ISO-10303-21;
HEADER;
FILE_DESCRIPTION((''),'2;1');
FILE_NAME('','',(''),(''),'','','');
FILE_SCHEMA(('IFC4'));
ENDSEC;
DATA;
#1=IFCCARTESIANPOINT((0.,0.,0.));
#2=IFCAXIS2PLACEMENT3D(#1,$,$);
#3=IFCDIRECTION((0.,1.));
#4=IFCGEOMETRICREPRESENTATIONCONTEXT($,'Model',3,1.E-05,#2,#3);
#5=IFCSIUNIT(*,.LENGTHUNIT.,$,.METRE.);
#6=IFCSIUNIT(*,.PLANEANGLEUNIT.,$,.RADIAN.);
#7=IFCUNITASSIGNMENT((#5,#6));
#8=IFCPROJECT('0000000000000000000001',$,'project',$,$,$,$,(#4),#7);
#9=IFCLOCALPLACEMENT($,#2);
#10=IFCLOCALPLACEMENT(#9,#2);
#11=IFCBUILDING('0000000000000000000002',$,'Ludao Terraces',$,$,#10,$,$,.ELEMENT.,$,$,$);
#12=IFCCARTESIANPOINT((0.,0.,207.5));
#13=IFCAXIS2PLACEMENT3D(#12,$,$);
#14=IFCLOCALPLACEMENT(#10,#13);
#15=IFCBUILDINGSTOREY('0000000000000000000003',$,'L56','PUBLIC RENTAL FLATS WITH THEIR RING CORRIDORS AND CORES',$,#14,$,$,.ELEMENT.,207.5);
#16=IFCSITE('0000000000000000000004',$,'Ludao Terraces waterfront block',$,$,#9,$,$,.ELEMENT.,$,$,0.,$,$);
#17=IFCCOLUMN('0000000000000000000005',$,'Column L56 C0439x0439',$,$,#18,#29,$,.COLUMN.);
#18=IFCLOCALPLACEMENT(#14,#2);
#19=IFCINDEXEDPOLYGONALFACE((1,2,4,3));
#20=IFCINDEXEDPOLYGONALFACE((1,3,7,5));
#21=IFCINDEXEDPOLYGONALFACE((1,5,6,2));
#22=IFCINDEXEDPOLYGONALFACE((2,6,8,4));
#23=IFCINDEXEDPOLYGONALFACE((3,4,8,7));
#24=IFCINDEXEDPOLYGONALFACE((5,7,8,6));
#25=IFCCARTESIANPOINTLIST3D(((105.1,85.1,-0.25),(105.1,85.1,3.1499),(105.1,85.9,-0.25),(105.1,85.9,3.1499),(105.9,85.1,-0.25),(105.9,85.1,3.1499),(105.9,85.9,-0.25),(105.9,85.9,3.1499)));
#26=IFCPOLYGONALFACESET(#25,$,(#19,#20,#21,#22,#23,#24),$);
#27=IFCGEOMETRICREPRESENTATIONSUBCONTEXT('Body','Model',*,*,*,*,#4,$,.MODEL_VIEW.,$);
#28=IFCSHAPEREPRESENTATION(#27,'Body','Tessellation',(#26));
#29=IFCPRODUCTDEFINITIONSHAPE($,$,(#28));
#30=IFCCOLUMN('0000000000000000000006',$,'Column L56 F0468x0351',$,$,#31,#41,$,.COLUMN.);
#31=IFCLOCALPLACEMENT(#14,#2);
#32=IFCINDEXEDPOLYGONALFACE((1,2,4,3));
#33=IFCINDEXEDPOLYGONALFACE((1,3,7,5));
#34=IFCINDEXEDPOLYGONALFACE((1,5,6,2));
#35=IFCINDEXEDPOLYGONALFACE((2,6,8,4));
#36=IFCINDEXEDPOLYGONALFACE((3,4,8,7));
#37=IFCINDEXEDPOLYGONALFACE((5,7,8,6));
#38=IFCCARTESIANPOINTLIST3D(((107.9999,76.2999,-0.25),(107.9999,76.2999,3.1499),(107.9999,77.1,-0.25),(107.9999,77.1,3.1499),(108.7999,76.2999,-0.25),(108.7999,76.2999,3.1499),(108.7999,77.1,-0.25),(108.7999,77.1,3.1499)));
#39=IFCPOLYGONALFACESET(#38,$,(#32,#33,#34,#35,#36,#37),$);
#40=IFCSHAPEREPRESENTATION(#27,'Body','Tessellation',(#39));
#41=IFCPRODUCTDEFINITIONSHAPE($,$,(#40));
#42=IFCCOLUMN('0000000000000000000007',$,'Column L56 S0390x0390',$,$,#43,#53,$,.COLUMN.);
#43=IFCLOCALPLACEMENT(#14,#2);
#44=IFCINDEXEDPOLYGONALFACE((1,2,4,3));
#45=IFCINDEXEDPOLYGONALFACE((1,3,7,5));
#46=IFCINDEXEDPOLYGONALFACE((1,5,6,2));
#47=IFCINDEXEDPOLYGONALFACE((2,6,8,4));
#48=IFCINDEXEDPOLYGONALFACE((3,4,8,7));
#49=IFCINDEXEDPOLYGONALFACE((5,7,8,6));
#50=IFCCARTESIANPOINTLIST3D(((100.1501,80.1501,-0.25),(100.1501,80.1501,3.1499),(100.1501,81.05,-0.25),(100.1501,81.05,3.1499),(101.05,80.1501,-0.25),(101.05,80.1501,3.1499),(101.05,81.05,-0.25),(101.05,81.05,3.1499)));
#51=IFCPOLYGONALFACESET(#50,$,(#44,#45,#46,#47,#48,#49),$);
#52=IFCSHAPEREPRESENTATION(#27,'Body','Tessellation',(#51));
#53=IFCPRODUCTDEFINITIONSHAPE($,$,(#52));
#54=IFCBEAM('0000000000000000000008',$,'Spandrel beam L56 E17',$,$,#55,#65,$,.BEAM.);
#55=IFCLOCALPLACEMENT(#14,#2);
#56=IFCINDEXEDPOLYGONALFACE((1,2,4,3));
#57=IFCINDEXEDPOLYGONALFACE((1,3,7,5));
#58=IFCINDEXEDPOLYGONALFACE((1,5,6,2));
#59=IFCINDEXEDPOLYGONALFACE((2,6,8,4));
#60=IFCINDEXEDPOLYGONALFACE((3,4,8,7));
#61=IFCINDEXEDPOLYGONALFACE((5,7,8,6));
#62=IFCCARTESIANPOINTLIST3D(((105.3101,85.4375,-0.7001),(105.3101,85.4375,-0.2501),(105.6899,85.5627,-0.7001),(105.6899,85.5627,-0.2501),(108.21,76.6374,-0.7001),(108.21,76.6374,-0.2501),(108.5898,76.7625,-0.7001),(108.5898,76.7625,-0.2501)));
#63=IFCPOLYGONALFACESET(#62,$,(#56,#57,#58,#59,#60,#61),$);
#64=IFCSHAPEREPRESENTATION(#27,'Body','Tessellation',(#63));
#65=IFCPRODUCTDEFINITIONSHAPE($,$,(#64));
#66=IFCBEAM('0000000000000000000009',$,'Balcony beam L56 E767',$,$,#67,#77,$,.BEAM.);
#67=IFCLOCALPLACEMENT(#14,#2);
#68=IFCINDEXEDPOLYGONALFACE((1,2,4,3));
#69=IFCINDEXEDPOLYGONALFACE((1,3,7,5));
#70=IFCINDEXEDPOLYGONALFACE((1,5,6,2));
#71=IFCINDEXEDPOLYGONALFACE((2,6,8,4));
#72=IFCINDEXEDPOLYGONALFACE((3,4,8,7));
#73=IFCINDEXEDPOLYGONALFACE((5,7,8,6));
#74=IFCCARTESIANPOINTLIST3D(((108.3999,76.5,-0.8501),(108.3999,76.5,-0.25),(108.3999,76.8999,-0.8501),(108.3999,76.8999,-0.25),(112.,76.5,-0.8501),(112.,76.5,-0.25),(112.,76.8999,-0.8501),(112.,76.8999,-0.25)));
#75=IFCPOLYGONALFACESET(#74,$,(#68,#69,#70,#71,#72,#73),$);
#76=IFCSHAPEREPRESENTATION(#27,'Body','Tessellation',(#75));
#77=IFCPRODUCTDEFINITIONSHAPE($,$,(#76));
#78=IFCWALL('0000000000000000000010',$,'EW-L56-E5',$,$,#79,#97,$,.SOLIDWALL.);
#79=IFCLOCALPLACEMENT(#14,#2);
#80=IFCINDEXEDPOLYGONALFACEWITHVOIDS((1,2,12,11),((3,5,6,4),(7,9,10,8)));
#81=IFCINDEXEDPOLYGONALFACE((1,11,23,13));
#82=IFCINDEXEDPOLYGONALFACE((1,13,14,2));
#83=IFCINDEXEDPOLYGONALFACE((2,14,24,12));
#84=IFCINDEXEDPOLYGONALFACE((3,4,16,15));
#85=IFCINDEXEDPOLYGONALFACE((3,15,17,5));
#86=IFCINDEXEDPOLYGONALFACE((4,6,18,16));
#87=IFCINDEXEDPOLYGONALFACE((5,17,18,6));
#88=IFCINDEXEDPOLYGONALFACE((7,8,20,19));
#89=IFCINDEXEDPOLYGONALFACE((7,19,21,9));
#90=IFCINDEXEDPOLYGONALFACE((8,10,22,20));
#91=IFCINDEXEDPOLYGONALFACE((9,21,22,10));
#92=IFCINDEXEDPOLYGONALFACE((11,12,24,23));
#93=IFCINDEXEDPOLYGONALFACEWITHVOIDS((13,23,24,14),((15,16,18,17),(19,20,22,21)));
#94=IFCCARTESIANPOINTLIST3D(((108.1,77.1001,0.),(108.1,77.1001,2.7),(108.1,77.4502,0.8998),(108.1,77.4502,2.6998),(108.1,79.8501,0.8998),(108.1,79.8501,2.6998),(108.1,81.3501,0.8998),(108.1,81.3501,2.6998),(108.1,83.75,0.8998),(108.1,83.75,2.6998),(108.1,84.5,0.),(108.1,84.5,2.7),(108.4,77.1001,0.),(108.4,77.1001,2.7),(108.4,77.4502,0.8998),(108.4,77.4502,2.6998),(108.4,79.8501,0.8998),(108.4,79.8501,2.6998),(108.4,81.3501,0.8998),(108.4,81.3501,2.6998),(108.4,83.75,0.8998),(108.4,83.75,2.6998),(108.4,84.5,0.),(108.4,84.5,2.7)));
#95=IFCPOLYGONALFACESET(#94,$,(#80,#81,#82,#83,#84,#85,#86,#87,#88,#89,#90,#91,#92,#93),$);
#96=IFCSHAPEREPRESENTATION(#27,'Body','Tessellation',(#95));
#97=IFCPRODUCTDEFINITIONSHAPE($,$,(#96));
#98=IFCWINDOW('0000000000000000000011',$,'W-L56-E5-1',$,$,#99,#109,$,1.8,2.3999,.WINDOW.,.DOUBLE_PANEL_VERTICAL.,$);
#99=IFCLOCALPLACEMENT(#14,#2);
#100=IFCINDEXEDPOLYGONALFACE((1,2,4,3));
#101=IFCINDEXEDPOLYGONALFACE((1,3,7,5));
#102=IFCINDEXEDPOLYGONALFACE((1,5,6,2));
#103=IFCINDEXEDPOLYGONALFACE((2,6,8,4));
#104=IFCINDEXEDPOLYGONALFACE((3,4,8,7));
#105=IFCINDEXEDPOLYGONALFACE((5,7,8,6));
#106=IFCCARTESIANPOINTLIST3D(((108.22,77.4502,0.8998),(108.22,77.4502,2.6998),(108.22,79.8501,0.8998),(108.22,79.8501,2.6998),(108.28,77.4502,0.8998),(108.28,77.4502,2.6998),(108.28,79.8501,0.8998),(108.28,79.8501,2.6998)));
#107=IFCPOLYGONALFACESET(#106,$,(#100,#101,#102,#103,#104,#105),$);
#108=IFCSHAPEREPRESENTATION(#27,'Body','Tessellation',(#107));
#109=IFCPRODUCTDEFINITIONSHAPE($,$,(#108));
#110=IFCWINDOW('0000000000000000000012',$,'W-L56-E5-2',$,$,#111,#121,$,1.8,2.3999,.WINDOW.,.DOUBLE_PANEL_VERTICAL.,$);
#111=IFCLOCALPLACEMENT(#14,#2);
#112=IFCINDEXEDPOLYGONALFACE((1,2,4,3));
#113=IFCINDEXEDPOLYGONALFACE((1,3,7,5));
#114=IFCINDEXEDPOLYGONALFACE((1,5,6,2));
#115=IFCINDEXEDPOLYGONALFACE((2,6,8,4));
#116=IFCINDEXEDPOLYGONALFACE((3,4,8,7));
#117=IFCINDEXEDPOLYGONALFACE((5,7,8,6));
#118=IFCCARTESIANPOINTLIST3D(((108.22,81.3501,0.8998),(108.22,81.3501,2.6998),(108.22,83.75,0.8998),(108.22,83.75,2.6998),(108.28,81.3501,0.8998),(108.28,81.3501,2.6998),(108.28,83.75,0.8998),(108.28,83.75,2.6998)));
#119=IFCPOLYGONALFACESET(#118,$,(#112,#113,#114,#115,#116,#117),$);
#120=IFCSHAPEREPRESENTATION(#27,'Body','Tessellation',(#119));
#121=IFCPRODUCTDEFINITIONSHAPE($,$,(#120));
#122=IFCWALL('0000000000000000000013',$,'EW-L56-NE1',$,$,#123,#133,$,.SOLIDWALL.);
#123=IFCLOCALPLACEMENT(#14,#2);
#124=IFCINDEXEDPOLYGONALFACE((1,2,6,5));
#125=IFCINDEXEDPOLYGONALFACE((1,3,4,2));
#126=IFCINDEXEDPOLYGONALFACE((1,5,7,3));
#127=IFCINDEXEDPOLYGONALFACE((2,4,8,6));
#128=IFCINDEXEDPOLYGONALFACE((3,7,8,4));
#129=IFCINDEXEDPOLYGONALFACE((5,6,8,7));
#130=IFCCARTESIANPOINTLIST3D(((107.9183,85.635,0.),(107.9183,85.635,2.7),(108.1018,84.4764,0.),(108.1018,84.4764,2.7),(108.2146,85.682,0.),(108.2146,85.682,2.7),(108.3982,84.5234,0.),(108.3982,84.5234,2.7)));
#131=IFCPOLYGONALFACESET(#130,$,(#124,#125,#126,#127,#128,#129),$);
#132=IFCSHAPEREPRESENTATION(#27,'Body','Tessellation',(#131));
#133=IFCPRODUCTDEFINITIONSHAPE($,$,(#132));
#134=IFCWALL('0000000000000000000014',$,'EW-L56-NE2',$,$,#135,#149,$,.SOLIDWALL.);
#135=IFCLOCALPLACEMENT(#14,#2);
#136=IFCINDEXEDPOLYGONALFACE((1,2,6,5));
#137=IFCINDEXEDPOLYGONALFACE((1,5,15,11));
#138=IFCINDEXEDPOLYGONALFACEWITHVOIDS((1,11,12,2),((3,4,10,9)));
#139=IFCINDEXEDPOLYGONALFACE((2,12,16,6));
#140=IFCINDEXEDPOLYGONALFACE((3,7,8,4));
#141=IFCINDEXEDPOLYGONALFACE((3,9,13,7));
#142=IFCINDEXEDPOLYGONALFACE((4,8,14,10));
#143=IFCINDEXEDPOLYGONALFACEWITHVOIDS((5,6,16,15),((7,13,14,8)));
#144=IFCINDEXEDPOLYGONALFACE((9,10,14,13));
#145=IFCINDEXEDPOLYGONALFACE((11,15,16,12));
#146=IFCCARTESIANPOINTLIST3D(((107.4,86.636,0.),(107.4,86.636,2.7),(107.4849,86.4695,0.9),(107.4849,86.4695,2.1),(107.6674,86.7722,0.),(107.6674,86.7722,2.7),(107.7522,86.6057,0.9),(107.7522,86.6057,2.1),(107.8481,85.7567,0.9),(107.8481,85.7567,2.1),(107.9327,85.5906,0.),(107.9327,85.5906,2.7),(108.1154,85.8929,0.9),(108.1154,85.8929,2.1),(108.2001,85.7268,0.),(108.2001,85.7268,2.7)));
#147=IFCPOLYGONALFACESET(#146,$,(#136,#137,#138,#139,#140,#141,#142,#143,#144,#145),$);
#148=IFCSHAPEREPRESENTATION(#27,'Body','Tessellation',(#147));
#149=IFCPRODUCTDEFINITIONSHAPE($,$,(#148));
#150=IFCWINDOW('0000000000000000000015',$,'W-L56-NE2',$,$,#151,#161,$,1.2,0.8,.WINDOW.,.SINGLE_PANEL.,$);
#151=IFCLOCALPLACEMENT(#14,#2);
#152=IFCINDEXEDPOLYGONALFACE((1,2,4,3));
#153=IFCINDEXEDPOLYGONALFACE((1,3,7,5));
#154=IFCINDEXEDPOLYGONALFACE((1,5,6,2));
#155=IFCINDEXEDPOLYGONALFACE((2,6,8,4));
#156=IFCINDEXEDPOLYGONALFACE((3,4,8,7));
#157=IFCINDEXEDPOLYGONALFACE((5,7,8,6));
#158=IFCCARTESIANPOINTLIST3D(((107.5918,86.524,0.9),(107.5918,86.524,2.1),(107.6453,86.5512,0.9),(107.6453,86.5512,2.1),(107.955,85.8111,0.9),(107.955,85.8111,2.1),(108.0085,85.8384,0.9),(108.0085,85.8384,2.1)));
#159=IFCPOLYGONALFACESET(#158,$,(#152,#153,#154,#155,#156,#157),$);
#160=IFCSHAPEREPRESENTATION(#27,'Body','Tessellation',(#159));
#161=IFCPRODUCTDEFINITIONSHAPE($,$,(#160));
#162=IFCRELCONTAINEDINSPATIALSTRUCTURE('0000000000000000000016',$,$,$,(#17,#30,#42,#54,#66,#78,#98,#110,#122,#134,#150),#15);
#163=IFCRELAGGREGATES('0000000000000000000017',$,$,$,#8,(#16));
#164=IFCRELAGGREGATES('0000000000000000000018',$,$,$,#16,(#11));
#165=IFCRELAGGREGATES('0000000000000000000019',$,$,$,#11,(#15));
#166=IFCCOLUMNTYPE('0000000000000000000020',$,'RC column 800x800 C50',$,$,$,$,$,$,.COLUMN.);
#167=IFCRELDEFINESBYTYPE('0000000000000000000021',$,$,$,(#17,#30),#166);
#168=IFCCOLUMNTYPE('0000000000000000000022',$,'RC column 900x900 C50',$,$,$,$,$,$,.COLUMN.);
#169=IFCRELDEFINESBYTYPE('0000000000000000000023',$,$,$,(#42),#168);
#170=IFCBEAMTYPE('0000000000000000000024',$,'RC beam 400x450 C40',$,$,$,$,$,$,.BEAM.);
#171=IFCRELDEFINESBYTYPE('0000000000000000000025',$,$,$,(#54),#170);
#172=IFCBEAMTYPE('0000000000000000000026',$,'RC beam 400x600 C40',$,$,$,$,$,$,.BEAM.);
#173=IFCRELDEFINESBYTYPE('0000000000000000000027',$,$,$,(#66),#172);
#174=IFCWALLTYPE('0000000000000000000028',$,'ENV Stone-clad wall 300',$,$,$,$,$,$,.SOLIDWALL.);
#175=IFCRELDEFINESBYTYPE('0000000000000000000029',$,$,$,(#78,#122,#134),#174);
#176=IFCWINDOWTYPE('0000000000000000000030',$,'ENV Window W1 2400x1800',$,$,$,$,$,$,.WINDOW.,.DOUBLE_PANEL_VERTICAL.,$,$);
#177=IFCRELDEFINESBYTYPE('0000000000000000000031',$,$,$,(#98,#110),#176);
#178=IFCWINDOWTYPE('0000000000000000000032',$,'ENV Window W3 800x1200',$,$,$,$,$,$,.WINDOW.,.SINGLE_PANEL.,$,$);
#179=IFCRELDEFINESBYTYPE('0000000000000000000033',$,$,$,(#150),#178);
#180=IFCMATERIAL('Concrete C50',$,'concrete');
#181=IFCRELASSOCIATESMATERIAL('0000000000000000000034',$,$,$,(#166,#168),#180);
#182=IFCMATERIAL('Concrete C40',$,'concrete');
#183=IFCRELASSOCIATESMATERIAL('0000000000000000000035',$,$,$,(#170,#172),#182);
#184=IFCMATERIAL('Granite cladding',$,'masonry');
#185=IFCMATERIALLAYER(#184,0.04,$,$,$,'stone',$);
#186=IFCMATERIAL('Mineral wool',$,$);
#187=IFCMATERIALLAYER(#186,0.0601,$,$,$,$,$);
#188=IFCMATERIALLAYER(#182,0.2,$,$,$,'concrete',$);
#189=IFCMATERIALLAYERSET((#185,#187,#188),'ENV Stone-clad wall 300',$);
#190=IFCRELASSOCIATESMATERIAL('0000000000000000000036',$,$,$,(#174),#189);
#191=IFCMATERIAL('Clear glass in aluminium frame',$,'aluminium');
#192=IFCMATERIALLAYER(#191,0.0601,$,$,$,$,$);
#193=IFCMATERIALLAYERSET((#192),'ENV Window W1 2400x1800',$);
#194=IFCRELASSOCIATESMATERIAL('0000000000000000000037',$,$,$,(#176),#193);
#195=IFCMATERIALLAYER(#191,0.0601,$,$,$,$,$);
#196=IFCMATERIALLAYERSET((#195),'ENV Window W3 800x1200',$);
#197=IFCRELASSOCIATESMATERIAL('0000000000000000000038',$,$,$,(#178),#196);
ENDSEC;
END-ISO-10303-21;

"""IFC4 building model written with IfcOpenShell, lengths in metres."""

from ifc_helpers import new_model, si_unit, direction, frame, frame_2d, origin, origin_2d, place, context, subcontext, project, spatial, rectangle, extrude, material, layer, layer_set, material_profile, profile_set, type_object, element, fill, save


model = new_model("IFC4")

# Units and contexts
model_context = context("Model", 3, precision=1e-05, world=origin(), true_north=direction((0.0, 1.0)))
body_context = subcontext(model_context, "Body", "Model", "MODEL_VIEW")
ifc_project = project(units=[si_unit("LENGTHUNIT", "METRE"), si_unit("PLANEANGLEUNIT", "RADIAN")], contexts=[model_context])

# Site, building, storey
site_placement = place(None, origin())
site = spatial("IfcSite", under=ifc_project, at=site_placement, Name="Ludao Terraces waterfront block", CompositionType="ELEMENT", RefElevation=0.0)
building_placement = place(site_placement, origin())
building = spatial("IfcBuilding", under=site, at=building_placement, Name="Ludao Terraces", CompositionType="ELEMENT")
storey_placement = place(building_placement, frame((0.0, 0.0, 207.5)))
storey = spatial("IfcBuildingStorey", under=building, at=storey_placement, Name="L56", Description="PUBLIC RENTAL FLATS WITH THEIR RING CORRIDORS AND CORES", CompositionType="ELEMENT", Elevation=207.5)

# Columns
ifc_material_1 = material(Name="Concrete C50", Category="concrete")
ifc_material_profile_1 = material_profile(ifc_material_1, rectangle(XDim=0.8, YDim=0.8, at=origin_2d()), Name="800 X 800")
ifc_profile_set_1 = profile_set([ifc_material_profile_1], Name="Concrete C50")
column_type_1 = type_object("IfcColumnType", Name="RC column 800x800 C50", PredefinedType="COLUMN", material=ifc_profile_set_1)
for number, where, z_axis, x_axis, name in (
    (1, (105.5, 85.5, -0.25), (0.0, 0.0, 1.0), (1.0, 0.0, 0.0), "Column L56 C0439x0439"),
    (2, (108.3999, 76.7, -0.25), (0.0, 0.0, 1.0), (1.0, 0.0, 0.0), "Column L56 F0468x0351"),
):
    element("IfcColumn", number, at=place(storey_placement, frame(where, z_axis=z_axis, x_axis=x_axis)), inside=storey, type_object=column_type_1, Name=name, PredefinedType="COLUMN", context=body_context, shape_type="SweptSolid", body=[
        extrude(rectangle(XDim=0.8, YDim=0.8, at=origin_2d()), origin(), (0.0, 0.0, 1.0), 3.3999),
    ])
ifc_material_profile_2 = material_profile(ifc_material_1, rectangle(XDim=0.8999, YDim=0.8999, at=origin_2d()), Name="900 X 900")
ifc_profile_set_2 = profile_set([ifc_material_profile_2], Name="Concrete C50")
column_type_2 = type_object("IfcColumnType", Name="RC column 900x900 C50", PredefinedType="COLUMN", material=ifc_profile_set_2)
column_placement = place(storey_placement, frame((100.6001, 80.6001, -0.25), z_axis=(0.0, 0.0, 1.0), x_axis=(1.0, 0.0, 0.0)))
element("IfcColumn", 3, at=column_placement, inside=storey, type_object=column_type_2, Name="Column L56 S0390x0390", PredefinedType="COLUMN", context=body_context, shape_type="SweptSolid", body=[
    extrude(rectangle(XDim=0.8999, YDim=0.8999, at=origin_2d()), origin(), (0.0, 0.0, 1.0), 3.3999),
])

# Beams
ifc_material_2 = material(Name="Concrete C40", Category="concrete")
ifc_material_profile_3 = material_profile(ifc_material_2, rectangle(XDim=0.3999, YDim=0.45, at=origin_2d()), Name="400 X 450")
ifc_profile_set_3 = profile_set([ifc_material_profile_3], Name="Concrete C40")
beam_type_1 = type_object("IfcBeamType", Name="RC beam 400x450 C40", PredefinedType="BEAM", material=ifc_profile_set_3)
beam_1_placement = place(storey_placement, frame((108.3999, 76.7, -0.4751), z_axis=(-0.312977, 0.949761, 0.0), x_axis=(-0.949761, -0.312977, 0.0)))
element("IfcBeam", 4, at=beam_1_placement, inside=storey, type_object=beam_type_1, Name="Spandrel beam L56 E17", PredefinedType="BEAM", context=body_context, shape_type="SweptSolid", body=[
    extrude(rectangle(XDim=0.3999, YDim=0.45, at=origin_2d()), origin(), (0.0, 0.0, 1.0), 9.2656),
])
ifc_material_profile_4 = material_profile(ifc_material_2, rectangle(XDim=0.3999, YDim=0.6001, at=origin_2d()), Name="400 X 600")
ifc_profile_set_4 = profile_set([ifc_material_profile_4], Name="Concrete C40")
beam_type_2 = type_object("IfcBeamType", Name="RC beam 400x600 C40", PredefinedType="BEAM", material=ifc_profile_set_4)
beam_2_placement = place(storey_placement, frame((108.3999, 76.7, -0.55), z_axis=(1.0, 0.0, 0.0), x_axis=(0.0, 1.0, 0.0)))
element("IfcBeam", 5, at=beam_2_placement, inside=storey, type_object=beam_type_2, Name="Balcony beam L56 E767", PredefinedType="BEAM", context=body_context, shape_type="SweptSolid", body=[
    extrude(rectangle(XDim=0.3999, YDim=0.6001, at=origin_2d()), origin(), (0.0, 0.0, 1.0), 3.6001),
])

# Wall, openings, windows
ifc_material_3 = material(Name="Granite cladding", Category="masonry")
ifc_layer_1 = layer(ifc_material_3, 0.04, Category="stone")
ifc_material_4 = material(Name="Mineral wool")
ifc_layer_2 = layer(ifc_material_4, 0.0601)
ifc_layer_3 = layer(ifc_material_2, 0.2, Category="concrete")
ifc_layer_set_1 = layer_set([ifc_layer_1, ifc_layer_2, ifc_layer_3], Name="ENV Stone-clad wall 300")
wall_type = type_object("IfcWallType", Name="ENV Stone-clad wall 300", PredefinedType="SOLIDWALL", material=ifc_layer_set_1)
wall_1_placement = place(storey_placement, frame((108.25, 77.1001, 0.0), z_axis=(0.0, 0.0, 1.0), x_axis=(0.0, 1.0, 0.0)))
wall_1 = element("IfcWall", 6, at=wall_1_placement, inside=storey, type_object=wall_type, Name="EW-L56-E5", PredefinedType="SOLIDWALL", context=body_context, shape_type="SweptSolid", body=[
    extrude(rectangle(XDim=7.3999, YDim=0.3, at=frame_2d((3.7, 0.0))), origin(), (0.0, 0.0, 1.0), 2.7),
])
opening_1_placement = place(wall_1_placement, frame((0.3501, 0.0, 0.8999)))
opening_1 = element("IfcOpeningElement", 7, at=opening_1_placement, cuts=wall_1, PredefinedType="OPENING", context=body_context, shape_type="SweptSolid", body=[
    extrude(rectangle(XDim=2.3999, YDim=1.8, at=frame_2d((1.2, 0.8999))), frame((0.0, 0.1602, 0.0), z_axis=(0.0, -1.0, 0.0), x_axis=(1.0, 0.0, 0.0)), (0.0, 0.0, 1.0), 0.3201),
])
opening_2_placement = place(wall_1_placement, frame((4.25, 0.0, 0.8999)))
opening_2 = element("IfcOpeningElement", 8, at=opening_2_placement, cuts=wall_1, PredefinedType="OPENING", context=body_context, shape_type="SweptSolid", body=[
    extrude(rectangle(XDim=2.3999, YDim=1.8, at=frame_2d((1.2, 0.8999))), frame((0.0, 0.1602, 0.0), z_axis=(0.0, -1.0, 0.0), x_axis=(1.0, 0.0, 0.0)), (0.0, 0.0, 1.0), 0.3201),
])
ifc_material_5 = material(Name="Clear glass in aluminium frame", Category="aluminium")
ifc_layer_4 = layer(ifc_material_5, 0.0601)
ifc_layer_set_2 = layer_set([ifc_layer_4], Name="ENV Window W1 2400x1800")
window_type_1 = type_object("IfcWindowType", Name="ENV Window W1 2400x1800", PartitioningType="DOUBLE_PANEL_VERTICAL", PredefinedType="WINDOW", material=ifc_layer_set_2)
window_1_placement = place(opening_1_placement, origin())
window_1 = element("IfcWindow", 9, at=window_1_placement, inside=storey, type_object=window_type_1, Name="W-L56-E5-1", OverallHeight=1.8, OverallWidth=2.3999, PartitioningType="DOUBLE_PANEL_VERTICAL", PredefinedType="WINDOW", context=body_context, shape_type="SweptSolid", body=[
    extrude(rectangle(XDim=2.3999, YDim=1.8, at=frame_2d((1.2, 0.8999))), frame((0.0, 0.03, 0.0), z_axis=(0.0, -1.0, 0.0), x_axis=(1.0, 0.0, 0.0)), (0.0, 0.0, 1.0), 0.0601),
])
fill(opening_1, window_1)
window_2_placement = place(opening_2_placement, origin())
window_2 = element("IfcWindow", 10, at=window_2_placement, inside=storey, type_object=window_type_1, Name="W-L56-E5-2", OverallHeight=1.8, OverallWidth=2.3999, PartitioningType="DOUBLE_PANEL_VERTICAL", PredefinedType="WINDOW", context=body_context, shape_type="SweptSolid", body=[
    extrude(rectangle(XDim=2.3999, YDim=1.8, at=frame_2d((1.2, 0.8999))), frame((0.0, 0.03, 0.0), z_axis=(0.0, -1.0, 0.0), x_axis=(1.0, 0.0, 0.0)), (0.0, 0.0, 1.0), 0.0601),
])
fill(opening_2, window_2)

# Wall
wall_2_placement = place(storey_placement, frame((108.25, 84.5, 0.0), z_axis=(0.0, 0.0, 1.0), x_axis=(-0.156497, 0.987678, 0.0)))
element("IfcWall", 11, at=wall_2_placement, inside=storey, type_object=wall_type, Name="EW-L56-NE1", PredefinedType="SOLIDWALL", context=body_context, shape_type="SweptSolid", body=[
    extrude(rectangle(XDim=1.1731, YDim=0.3, at=frame_2d((0.5864, 0.0))), origin(), (0.0, 0.0, 1.0), 2.7),
])

# Wall, opening, window
wall_3_placement = place(storey_placement, frame((108.0664, 85.6587, 0.0), z_axis=(0.0, 0.0, 1.0), x_axis=(-0.454026, 0.890989, 0.0)))
wall_3 = element("IfcWall", 12, at=wall_3_placement, inside=storey, type_object=wall_type, Name="EW-L56-NE2", PredefinedType="SOLIDWALL", context=body_context, shape_type="SweptSolid", body=[
    extrude(rectangle(XDim=1.1733, YDim=0.3, at=frame_2d((0.5867, 0.0))), origin(), (0.0, 0.0, 1.0), 2.7),
])
opening_3_placement = place(wall_3_placement, frame((0.1865, 0.0, 0.8999)))
opening_3 = element("IfcOpeningElement", 13, at=opening_3_placement, cuts=wall_3, PredefinedType="OPENING", context=body_context, shape_type="SweptSolid", body=[
    extrude(rectangle(XDim=0.8, YDim=1.2, at=frame_2d((0.3999, 0.6001))), frame((0.0, 0.1602, 0.0), z_axis=(0.0, -1.0, 0.0), x_axis=(1.0, 0.0, 0.0)), (0.0, 0.0, 1.0), 0.3201),
])
ifc_layer_5 = layer(ifc_material_5, 0.0601)
ifc_layer_set_3 = layer_set([ifc_layer_5], Name="ENV Window W3 800x1200")
window_type_2 = type_object("IfcWindowType", Name="ENV Window W3 800x1200", PartitioningType="SINGLE_PANEL", PredefinedType="WINDOW", material=ifc_layer_set_3)
window_3_placement = place(opening_3_placement, origin())
window_3 = element("IfcWindow", 14, at=window_3_placement, inside=storey, type_object=window_type_2, Name="W-L56-NE2", OverallHeight=1.2, OverallWidth=0.8, PartitioningType="SINGLE_PANEL", PredefinedType="WINDOW", context=body_context, shape_type="SweptSolid", body=[
    extrude(rectangle(XDim=0.8, YDim=1.2, at=frame_2d((0.3999, 0.6001))), frame((0.0, 0.03, 0.0), z_axis=(0.0, -1.0, 0.0), x_axis=(1.0, 0.0, 0.0)), (0.0, 0.0, 1.0), 0.0601),
])
fill(opening_3, window_3)

save(model, "model.ifc")
